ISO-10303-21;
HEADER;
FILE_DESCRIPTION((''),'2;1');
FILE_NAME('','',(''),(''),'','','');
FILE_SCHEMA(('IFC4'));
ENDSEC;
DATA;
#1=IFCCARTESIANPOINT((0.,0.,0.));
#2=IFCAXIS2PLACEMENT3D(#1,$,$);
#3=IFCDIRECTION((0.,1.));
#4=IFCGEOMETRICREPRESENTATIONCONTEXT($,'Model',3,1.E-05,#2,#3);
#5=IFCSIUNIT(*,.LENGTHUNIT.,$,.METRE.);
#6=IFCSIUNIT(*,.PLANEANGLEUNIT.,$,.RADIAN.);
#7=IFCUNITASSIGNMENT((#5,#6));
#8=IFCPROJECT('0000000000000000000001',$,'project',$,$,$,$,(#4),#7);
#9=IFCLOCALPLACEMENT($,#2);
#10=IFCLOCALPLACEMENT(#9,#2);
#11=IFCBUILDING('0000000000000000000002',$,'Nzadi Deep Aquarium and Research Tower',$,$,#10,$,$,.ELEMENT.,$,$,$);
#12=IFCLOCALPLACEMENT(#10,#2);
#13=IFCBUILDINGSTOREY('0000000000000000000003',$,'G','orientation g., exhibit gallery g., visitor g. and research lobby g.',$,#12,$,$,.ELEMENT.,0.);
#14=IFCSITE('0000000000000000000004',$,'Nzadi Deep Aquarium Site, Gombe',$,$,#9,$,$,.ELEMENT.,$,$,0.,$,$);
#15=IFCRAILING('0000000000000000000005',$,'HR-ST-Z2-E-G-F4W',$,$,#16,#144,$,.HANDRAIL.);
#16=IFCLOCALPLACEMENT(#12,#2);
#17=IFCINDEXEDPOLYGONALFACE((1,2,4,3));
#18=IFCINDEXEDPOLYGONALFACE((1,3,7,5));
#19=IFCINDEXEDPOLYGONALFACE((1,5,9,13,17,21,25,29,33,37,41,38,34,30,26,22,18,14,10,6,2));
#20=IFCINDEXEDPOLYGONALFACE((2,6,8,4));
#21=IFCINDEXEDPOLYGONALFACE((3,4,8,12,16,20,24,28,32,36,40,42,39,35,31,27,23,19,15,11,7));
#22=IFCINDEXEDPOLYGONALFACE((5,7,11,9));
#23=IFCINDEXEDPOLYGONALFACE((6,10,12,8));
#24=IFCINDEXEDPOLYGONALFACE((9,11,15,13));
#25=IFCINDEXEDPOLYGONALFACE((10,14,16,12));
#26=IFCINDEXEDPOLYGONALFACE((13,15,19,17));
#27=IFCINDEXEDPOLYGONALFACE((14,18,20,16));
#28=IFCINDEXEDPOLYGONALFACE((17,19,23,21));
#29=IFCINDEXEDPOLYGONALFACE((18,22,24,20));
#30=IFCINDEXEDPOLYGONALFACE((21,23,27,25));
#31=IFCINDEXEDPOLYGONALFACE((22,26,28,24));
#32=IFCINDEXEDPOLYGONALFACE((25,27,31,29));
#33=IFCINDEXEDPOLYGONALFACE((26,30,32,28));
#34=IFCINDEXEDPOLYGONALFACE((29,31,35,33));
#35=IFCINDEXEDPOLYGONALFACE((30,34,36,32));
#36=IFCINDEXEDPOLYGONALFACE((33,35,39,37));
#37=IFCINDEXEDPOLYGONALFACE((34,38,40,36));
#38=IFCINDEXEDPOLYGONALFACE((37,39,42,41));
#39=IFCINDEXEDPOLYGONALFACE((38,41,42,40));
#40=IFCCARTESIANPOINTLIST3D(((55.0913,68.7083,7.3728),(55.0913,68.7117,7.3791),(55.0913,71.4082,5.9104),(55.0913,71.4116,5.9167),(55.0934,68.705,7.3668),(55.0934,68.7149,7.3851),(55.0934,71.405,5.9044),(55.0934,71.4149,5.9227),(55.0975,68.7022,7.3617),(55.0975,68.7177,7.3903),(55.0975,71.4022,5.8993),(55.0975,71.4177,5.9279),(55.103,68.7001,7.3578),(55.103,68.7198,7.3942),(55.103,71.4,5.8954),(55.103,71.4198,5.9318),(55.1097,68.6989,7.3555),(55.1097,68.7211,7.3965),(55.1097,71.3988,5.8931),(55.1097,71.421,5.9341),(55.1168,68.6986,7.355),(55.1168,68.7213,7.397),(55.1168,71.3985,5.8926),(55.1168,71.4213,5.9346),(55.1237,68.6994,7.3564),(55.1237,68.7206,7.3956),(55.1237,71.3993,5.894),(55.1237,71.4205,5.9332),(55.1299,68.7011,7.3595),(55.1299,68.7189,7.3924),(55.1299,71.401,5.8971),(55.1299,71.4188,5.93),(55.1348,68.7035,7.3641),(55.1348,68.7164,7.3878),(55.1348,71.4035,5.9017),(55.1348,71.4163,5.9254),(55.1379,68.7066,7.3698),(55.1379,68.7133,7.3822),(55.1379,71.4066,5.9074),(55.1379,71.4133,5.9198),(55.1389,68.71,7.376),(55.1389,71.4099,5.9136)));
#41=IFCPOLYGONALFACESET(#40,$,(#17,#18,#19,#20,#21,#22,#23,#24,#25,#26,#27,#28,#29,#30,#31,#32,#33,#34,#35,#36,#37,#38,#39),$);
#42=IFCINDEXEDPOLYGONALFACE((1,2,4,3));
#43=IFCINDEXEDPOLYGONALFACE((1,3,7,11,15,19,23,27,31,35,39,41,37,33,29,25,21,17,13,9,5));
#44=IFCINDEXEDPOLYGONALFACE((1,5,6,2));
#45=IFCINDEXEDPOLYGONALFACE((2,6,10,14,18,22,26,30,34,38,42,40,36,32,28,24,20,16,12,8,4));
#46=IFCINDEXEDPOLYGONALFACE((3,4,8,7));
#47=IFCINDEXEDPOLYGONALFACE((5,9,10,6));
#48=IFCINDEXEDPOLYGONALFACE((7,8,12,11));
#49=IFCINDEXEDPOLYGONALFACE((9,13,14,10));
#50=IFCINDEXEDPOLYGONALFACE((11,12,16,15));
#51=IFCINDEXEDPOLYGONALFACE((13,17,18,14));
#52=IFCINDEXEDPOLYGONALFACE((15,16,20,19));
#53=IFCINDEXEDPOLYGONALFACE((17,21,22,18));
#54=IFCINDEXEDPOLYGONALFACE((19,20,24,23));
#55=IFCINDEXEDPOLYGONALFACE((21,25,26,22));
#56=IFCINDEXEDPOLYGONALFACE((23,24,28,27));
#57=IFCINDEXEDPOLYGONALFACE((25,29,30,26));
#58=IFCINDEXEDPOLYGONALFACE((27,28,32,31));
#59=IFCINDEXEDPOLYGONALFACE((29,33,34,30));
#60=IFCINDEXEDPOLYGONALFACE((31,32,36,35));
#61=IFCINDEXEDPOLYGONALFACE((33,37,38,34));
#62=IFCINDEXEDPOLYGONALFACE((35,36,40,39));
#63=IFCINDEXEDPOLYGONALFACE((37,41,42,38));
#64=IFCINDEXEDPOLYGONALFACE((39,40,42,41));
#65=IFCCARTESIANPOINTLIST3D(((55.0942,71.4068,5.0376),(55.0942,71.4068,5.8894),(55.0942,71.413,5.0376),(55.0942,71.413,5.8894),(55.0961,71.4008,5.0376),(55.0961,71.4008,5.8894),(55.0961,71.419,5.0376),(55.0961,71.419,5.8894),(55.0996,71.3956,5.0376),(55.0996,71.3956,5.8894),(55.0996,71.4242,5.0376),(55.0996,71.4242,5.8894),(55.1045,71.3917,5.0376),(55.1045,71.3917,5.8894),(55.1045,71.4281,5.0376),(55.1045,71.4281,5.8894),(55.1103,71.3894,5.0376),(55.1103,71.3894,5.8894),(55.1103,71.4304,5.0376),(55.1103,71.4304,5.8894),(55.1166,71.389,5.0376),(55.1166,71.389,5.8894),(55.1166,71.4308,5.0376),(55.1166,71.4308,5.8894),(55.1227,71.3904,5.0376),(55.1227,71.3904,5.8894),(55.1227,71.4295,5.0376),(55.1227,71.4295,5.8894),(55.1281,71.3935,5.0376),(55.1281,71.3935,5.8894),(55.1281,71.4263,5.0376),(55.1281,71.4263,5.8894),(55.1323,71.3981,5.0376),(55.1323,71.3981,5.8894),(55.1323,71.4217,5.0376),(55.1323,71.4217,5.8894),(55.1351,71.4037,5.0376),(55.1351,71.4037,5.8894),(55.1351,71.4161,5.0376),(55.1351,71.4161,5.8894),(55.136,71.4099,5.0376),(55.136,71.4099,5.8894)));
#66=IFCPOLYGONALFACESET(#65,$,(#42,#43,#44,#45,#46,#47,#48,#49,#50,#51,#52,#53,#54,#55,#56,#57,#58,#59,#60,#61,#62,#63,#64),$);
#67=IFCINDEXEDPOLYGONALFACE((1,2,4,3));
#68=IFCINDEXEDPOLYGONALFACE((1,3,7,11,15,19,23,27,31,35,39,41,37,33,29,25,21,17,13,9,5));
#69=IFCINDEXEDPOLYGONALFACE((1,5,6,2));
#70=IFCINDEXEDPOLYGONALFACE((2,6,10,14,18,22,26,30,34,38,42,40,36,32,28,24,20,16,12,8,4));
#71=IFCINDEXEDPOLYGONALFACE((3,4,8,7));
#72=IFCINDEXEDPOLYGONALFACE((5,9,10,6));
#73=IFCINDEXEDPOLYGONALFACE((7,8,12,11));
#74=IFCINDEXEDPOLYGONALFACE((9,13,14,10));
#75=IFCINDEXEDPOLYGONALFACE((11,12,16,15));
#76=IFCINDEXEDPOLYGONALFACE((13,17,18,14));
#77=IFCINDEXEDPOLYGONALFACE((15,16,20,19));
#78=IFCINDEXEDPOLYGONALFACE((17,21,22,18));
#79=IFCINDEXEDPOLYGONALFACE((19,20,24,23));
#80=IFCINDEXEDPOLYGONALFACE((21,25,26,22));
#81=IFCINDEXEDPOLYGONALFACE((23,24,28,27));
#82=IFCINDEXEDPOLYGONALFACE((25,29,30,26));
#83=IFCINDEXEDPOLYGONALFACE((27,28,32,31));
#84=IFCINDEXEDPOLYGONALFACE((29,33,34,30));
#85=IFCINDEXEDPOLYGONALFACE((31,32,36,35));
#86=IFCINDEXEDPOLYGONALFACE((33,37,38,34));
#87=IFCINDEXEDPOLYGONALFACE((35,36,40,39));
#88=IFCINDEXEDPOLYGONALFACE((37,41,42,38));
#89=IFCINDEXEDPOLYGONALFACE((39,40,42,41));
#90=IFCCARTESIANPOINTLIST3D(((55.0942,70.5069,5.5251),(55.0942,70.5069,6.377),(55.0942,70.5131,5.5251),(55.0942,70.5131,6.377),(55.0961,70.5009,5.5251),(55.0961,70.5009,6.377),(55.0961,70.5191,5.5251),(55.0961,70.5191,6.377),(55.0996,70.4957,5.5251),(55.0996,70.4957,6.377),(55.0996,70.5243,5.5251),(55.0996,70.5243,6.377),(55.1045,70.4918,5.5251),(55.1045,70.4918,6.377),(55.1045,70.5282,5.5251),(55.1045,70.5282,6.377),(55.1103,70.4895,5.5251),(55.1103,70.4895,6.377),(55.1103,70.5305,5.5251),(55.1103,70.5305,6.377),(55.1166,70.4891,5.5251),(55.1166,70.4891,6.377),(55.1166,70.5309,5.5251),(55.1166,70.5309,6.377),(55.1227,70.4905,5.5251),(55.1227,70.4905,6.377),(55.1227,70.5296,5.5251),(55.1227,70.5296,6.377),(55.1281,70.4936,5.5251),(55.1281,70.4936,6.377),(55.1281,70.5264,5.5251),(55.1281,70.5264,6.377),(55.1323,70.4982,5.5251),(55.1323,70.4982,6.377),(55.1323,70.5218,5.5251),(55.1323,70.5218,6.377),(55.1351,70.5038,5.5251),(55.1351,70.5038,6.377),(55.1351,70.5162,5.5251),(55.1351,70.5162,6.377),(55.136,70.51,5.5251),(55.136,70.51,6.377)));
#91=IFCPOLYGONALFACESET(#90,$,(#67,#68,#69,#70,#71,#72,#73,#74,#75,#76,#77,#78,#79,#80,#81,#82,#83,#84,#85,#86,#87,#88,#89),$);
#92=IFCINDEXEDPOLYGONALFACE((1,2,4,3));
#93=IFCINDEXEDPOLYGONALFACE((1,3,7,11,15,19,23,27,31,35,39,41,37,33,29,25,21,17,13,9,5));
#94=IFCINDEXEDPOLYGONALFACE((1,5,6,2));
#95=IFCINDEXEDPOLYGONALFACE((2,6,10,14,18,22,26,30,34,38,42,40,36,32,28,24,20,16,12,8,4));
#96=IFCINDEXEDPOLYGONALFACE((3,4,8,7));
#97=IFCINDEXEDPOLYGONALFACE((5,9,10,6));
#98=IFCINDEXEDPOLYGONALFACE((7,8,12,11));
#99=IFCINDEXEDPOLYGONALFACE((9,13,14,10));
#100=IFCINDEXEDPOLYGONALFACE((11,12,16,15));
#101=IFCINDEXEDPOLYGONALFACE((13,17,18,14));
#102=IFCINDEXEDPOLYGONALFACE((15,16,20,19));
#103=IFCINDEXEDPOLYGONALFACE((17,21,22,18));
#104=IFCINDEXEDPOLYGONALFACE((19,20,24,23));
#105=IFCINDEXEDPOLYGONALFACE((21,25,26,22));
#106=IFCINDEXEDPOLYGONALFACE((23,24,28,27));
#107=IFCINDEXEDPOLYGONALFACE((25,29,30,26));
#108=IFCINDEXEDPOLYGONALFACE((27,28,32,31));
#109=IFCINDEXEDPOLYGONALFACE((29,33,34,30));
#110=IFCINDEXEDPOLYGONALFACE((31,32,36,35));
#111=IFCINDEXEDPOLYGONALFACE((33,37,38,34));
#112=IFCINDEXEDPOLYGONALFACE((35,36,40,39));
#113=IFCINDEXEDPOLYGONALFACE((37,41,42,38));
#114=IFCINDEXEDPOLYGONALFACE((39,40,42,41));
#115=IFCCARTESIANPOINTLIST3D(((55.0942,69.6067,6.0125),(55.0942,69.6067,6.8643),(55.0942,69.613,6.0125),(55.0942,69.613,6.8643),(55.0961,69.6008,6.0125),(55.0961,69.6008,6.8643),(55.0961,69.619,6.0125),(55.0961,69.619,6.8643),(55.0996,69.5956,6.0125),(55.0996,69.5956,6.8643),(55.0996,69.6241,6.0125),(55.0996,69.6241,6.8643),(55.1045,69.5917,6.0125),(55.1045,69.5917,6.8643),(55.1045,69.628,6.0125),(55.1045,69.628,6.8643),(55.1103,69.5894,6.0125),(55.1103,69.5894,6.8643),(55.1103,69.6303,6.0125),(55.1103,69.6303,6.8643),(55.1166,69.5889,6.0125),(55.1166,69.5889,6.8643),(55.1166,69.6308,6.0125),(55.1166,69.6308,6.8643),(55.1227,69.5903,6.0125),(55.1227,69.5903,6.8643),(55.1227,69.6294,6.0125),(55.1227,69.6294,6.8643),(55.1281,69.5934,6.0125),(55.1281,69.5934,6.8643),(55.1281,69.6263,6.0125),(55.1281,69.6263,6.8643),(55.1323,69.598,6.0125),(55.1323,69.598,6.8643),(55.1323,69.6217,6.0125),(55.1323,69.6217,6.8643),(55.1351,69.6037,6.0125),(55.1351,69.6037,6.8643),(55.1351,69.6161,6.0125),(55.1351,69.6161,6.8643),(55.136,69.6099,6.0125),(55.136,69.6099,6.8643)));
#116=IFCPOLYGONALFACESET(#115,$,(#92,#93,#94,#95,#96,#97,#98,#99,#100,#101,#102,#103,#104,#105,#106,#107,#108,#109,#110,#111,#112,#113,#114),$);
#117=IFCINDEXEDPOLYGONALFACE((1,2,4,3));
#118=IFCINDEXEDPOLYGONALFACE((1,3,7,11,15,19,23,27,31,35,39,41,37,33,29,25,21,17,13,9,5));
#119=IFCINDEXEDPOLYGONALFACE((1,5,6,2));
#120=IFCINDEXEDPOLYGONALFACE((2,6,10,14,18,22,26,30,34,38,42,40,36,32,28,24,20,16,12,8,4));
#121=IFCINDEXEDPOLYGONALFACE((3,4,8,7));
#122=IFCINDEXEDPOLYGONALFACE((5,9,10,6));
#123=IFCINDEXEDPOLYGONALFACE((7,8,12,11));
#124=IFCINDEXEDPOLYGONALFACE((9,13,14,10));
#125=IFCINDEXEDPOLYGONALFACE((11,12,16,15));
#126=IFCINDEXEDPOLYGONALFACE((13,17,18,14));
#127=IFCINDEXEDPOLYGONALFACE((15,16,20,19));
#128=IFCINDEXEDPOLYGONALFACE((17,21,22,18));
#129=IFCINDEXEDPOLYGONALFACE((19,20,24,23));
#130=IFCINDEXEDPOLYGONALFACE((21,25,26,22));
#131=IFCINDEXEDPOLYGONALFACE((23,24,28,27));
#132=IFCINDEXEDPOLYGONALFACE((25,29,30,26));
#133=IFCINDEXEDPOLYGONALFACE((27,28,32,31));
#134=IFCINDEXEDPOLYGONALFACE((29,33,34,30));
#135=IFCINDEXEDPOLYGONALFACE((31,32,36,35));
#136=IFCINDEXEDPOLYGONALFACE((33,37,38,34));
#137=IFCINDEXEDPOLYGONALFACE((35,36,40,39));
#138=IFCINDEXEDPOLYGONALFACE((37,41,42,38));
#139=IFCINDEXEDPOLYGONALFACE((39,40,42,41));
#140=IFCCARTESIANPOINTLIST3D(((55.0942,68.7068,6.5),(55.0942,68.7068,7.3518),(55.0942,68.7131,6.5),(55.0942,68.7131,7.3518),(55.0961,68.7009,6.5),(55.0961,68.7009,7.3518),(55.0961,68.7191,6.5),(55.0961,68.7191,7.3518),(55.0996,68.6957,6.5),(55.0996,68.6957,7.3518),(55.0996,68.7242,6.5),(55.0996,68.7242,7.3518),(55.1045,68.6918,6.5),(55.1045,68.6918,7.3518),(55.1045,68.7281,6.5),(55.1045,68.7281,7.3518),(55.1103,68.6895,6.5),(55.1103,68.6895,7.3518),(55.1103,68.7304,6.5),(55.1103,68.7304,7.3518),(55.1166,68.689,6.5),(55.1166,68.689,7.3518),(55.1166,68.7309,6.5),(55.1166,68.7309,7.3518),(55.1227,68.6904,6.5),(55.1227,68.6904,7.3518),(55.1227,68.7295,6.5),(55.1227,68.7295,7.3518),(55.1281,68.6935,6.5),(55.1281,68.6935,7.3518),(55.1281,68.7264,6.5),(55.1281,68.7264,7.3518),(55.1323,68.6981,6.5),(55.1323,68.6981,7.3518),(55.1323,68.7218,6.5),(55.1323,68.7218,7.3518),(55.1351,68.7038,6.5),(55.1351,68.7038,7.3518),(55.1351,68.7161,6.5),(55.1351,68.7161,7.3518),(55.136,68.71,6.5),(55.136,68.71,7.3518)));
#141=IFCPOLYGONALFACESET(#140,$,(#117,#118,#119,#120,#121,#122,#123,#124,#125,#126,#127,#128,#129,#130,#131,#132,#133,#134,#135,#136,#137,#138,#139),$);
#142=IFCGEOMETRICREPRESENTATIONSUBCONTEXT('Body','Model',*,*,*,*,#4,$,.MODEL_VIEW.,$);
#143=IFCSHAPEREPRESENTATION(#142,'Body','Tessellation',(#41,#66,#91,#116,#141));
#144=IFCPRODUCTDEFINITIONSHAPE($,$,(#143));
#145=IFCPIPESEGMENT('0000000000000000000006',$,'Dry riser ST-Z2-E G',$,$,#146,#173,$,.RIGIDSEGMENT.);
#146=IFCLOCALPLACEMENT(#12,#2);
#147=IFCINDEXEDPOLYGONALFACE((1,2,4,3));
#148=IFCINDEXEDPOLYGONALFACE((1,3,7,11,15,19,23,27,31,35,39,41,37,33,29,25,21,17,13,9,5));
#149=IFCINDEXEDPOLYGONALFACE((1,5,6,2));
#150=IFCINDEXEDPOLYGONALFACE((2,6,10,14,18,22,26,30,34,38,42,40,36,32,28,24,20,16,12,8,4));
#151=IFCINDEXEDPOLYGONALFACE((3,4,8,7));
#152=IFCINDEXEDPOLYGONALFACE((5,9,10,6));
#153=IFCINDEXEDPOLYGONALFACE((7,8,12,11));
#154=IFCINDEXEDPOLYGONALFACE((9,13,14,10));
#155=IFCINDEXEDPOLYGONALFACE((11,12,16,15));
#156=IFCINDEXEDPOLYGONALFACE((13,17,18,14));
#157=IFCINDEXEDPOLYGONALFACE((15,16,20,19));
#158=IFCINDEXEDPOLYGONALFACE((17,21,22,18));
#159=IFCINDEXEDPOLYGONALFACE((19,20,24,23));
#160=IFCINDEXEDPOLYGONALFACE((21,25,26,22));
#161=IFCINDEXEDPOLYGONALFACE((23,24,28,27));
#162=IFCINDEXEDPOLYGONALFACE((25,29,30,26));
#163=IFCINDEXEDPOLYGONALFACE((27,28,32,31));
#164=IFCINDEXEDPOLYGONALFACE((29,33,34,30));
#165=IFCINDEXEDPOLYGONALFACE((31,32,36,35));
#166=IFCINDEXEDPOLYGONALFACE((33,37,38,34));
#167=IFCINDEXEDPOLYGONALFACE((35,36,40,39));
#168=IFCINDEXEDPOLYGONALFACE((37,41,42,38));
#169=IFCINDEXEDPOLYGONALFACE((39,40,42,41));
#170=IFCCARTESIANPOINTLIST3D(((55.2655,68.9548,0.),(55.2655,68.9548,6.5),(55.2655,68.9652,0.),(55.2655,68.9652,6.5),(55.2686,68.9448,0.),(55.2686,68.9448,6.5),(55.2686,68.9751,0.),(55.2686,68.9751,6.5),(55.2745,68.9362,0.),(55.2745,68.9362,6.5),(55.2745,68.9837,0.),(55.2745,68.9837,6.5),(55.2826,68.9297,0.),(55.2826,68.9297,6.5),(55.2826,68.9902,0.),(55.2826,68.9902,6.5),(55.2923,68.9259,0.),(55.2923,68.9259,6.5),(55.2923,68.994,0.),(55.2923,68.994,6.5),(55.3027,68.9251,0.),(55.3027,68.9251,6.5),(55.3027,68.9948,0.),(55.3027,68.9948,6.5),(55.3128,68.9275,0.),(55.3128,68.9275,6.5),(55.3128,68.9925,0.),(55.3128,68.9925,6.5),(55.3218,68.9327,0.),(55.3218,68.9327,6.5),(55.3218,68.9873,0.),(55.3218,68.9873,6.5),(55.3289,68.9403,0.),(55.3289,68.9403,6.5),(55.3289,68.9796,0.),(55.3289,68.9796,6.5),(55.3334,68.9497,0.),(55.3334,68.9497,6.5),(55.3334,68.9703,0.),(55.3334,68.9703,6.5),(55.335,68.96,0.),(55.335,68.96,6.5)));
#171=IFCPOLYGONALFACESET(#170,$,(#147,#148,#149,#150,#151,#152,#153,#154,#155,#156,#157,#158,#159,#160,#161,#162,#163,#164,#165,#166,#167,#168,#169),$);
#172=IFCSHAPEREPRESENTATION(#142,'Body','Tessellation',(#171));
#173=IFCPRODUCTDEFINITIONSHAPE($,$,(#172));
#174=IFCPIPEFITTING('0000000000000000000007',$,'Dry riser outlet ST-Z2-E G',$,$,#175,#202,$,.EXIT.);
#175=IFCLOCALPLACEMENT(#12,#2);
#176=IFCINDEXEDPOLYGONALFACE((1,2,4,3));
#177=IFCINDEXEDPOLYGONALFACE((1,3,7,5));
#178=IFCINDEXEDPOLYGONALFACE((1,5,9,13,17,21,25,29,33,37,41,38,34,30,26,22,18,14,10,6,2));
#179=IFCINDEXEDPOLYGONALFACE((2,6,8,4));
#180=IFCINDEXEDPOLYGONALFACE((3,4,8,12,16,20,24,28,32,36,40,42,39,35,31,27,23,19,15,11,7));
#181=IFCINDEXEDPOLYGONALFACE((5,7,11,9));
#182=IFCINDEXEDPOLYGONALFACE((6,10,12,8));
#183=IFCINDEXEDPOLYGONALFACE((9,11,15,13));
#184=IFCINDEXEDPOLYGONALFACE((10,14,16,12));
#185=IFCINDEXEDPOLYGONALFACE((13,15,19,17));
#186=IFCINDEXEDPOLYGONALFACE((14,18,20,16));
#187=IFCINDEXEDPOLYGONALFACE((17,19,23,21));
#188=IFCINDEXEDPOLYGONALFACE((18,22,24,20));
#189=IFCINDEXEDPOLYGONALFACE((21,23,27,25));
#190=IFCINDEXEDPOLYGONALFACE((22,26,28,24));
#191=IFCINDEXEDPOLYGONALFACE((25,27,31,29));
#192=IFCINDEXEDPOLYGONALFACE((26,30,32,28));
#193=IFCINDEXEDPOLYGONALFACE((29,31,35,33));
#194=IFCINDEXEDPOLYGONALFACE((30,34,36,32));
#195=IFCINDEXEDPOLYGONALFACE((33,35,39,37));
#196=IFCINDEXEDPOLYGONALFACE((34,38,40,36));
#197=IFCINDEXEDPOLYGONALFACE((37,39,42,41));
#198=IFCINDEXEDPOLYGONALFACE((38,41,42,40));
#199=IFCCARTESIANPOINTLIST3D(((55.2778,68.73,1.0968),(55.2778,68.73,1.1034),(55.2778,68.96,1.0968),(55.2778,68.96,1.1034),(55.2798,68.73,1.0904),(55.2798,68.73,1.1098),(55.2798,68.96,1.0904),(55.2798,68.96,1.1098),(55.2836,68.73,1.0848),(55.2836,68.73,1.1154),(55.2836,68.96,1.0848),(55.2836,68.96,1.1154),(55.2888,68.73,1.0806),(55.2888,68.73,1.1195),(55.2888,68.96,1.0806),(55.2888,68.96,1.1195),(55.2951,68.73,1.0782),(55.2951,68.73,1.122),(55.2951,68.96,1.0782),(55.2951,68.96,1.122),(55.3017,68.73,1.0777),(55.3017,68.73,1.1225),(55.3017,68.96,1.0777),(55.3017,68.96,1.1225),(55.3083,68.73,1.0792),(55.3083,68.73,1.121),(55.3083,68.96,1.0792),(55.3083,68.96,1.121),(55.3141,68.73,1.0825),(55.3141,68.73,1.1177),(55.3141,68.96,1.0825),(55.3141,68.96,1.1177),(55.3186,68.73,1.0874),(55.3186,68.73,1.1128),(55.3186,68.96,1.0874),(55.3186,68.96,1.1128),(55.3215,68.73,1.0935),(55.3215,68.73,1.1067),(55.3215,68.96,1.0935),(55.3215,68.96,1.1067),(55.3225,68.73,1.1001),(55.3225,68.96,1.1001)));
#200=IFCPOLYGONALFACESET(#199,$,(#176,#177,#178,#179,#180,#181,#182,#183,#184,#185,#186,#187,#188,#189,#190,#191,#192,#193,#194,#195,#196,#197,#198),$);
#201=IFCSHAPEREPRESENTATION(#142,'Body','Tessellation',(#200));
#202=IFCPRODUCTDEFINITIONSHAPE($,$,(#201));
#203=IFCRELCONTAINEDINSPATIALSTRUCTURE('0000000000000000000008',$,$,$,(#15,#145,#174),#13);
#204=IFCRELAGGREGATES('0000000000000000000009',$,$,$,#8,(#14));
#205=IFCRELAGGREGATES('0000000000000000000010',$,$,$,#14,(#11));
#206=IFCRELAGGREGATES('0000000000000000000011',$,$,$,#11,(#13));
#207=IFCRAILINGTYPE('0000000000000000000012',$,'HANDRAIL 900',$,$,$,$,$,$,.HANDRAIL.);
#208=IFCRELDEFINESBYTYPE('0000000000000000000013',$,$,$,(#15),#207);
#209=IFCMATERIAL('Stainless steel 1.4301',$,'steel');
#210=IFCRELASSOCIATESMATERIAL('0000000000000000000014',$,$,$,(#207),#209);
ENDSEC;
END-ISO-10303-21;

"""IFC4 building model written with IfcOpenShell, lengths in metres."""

from ifc_helpers import new_model, si_unit, direction, frame, origin, origin_2d, place, context, subcontext, project, spatial, circle, extrude, material, type_object, element, save


model = new_model("IFC4")

# Units and contexts
model_context = context("Model", 3, precision=1e-05, world=origin(), true_north=direction((0.0, 1.0)))
body_context = subcontext(model_context, "Body", "Model", "MODEL_VIEW")
ifc_project = project(units=[si_unit("LENGTHUNIT", "METRE"), si_unit("PLANEANGLEUNIT", "RADIAN")], contexts=[model_context])

# Site, building, storey
site_placement = place(None, origin())
site = spatial("IfcSite", under=ifc_project, at=site_placement, Name="Nzadi Deep Aquarium Site, Gombe", CompositionType="ELEMENT", RefElevation=0.0)
building_placement = place(site_placement, origin())
building = spatial("IfcBuilding", under=site, at=building_placement, Name="Nzadi Deep Aquarium and Research Tower", CompositionType="ELEMENT")
storey_placement = place(building_placement, origin())
storey = spatial("IfcBuildingStorey", under=building, at=storey_placement, Name="G", Description="orientation g., exhibit gallery g., visitor g. and research lobby g.", CompositionType="ELEMENT", Elevation=0.0)

# Railing
ifc_material_1 = material(Name="Stainless steel 1.4301", Category="steel")
railing_type = type_object("IfcRailingType", Name="HANDRAIL 900", PredefinedType="HANDRAIL", material=ifc_material_1)
for number, where, name in (
    (1, (55.115, 71.4099, 5.0376), "HR-ST-Z2-E-G-F4W"),
):
    element("IfcRailing", number, at=place(storey_placement, frame(where)), inside=storey, type_object=railing_type, Name=name, PredefinedType="HANDRAIL", context=body_context, shape_type="SweptSolid", body=[
        extrude(circle(Radius=0.0239, at=origin_2d()), frame((0.0, 0.0, 0.876), z_axis=(0.0, -0.879302, 0.476265), x_axis=(1.0, 0.0, 0.0)), (0.0, 0.0, 1.0), 3.0706),
        extrude(circle(Radius=0.021, at=origin_2d()), origin(), (0.0, 0.0, 1.0), 0.8518),
        extrude(circle(Radius=0.021, at=origin_2d()), frame((0.0, -0.8999, 0.4875)), (0.0, 0.0, 1.0), 0.8518),
        extrude(circle(Radius=0.021, at=origin_2d()), frame((0.0, -1.8, 0.9749)), (0.0, 0.0, 1.0), 0.8518),
        extrude(circle(Radius=0.021, at=origin_2d()), frame((0.0, -2.7, 1.4624)), (0.0, 0.0, 1.0), 0.8518),
    ])

# Pipe segment
pipe_segment_placement = place(storey_placement, frame((55.3, 68.96, 0.0), z_axis=(0.0, 0.0, 1.0), x_axis=(1.0, 0.0, 0.0)))
element("IfcPipeSegment", 2, at=pipe_segment_placement, inside=storey, Name="Dry riser ST-Z2-E G", PredefinedType="RIGIDSEGMENT", context=body_context, shape_type="SweptSolid", body=[
    extrude(circle(Radius=0.0349, at=origin_2d()), origin(), (0.0, 0.0, 1.0), 6.5),
])

# Pipe fitting
pipe_fitting_placement = place(storey_placement, frame((55.3, 68.96, 1.1001), z_axis=(0.0, -1.0, 0.0), x_axis=(1.0, 0.0, 0.0)))
element("IfcPipeFitting", 3, at=pipe_fitting_placement, inside=storey, Name="Dry riser outlet ST-Z2-E G", PredefinedType="EXIT", context=body_context, shape_type="SweptSolid", body=[
    extrude(circle(Radius=0.0225, at=origin_2d()), origin(), (0.0, 0.0, 1.0), 0.23),
])

save(model, "model.ifc")
